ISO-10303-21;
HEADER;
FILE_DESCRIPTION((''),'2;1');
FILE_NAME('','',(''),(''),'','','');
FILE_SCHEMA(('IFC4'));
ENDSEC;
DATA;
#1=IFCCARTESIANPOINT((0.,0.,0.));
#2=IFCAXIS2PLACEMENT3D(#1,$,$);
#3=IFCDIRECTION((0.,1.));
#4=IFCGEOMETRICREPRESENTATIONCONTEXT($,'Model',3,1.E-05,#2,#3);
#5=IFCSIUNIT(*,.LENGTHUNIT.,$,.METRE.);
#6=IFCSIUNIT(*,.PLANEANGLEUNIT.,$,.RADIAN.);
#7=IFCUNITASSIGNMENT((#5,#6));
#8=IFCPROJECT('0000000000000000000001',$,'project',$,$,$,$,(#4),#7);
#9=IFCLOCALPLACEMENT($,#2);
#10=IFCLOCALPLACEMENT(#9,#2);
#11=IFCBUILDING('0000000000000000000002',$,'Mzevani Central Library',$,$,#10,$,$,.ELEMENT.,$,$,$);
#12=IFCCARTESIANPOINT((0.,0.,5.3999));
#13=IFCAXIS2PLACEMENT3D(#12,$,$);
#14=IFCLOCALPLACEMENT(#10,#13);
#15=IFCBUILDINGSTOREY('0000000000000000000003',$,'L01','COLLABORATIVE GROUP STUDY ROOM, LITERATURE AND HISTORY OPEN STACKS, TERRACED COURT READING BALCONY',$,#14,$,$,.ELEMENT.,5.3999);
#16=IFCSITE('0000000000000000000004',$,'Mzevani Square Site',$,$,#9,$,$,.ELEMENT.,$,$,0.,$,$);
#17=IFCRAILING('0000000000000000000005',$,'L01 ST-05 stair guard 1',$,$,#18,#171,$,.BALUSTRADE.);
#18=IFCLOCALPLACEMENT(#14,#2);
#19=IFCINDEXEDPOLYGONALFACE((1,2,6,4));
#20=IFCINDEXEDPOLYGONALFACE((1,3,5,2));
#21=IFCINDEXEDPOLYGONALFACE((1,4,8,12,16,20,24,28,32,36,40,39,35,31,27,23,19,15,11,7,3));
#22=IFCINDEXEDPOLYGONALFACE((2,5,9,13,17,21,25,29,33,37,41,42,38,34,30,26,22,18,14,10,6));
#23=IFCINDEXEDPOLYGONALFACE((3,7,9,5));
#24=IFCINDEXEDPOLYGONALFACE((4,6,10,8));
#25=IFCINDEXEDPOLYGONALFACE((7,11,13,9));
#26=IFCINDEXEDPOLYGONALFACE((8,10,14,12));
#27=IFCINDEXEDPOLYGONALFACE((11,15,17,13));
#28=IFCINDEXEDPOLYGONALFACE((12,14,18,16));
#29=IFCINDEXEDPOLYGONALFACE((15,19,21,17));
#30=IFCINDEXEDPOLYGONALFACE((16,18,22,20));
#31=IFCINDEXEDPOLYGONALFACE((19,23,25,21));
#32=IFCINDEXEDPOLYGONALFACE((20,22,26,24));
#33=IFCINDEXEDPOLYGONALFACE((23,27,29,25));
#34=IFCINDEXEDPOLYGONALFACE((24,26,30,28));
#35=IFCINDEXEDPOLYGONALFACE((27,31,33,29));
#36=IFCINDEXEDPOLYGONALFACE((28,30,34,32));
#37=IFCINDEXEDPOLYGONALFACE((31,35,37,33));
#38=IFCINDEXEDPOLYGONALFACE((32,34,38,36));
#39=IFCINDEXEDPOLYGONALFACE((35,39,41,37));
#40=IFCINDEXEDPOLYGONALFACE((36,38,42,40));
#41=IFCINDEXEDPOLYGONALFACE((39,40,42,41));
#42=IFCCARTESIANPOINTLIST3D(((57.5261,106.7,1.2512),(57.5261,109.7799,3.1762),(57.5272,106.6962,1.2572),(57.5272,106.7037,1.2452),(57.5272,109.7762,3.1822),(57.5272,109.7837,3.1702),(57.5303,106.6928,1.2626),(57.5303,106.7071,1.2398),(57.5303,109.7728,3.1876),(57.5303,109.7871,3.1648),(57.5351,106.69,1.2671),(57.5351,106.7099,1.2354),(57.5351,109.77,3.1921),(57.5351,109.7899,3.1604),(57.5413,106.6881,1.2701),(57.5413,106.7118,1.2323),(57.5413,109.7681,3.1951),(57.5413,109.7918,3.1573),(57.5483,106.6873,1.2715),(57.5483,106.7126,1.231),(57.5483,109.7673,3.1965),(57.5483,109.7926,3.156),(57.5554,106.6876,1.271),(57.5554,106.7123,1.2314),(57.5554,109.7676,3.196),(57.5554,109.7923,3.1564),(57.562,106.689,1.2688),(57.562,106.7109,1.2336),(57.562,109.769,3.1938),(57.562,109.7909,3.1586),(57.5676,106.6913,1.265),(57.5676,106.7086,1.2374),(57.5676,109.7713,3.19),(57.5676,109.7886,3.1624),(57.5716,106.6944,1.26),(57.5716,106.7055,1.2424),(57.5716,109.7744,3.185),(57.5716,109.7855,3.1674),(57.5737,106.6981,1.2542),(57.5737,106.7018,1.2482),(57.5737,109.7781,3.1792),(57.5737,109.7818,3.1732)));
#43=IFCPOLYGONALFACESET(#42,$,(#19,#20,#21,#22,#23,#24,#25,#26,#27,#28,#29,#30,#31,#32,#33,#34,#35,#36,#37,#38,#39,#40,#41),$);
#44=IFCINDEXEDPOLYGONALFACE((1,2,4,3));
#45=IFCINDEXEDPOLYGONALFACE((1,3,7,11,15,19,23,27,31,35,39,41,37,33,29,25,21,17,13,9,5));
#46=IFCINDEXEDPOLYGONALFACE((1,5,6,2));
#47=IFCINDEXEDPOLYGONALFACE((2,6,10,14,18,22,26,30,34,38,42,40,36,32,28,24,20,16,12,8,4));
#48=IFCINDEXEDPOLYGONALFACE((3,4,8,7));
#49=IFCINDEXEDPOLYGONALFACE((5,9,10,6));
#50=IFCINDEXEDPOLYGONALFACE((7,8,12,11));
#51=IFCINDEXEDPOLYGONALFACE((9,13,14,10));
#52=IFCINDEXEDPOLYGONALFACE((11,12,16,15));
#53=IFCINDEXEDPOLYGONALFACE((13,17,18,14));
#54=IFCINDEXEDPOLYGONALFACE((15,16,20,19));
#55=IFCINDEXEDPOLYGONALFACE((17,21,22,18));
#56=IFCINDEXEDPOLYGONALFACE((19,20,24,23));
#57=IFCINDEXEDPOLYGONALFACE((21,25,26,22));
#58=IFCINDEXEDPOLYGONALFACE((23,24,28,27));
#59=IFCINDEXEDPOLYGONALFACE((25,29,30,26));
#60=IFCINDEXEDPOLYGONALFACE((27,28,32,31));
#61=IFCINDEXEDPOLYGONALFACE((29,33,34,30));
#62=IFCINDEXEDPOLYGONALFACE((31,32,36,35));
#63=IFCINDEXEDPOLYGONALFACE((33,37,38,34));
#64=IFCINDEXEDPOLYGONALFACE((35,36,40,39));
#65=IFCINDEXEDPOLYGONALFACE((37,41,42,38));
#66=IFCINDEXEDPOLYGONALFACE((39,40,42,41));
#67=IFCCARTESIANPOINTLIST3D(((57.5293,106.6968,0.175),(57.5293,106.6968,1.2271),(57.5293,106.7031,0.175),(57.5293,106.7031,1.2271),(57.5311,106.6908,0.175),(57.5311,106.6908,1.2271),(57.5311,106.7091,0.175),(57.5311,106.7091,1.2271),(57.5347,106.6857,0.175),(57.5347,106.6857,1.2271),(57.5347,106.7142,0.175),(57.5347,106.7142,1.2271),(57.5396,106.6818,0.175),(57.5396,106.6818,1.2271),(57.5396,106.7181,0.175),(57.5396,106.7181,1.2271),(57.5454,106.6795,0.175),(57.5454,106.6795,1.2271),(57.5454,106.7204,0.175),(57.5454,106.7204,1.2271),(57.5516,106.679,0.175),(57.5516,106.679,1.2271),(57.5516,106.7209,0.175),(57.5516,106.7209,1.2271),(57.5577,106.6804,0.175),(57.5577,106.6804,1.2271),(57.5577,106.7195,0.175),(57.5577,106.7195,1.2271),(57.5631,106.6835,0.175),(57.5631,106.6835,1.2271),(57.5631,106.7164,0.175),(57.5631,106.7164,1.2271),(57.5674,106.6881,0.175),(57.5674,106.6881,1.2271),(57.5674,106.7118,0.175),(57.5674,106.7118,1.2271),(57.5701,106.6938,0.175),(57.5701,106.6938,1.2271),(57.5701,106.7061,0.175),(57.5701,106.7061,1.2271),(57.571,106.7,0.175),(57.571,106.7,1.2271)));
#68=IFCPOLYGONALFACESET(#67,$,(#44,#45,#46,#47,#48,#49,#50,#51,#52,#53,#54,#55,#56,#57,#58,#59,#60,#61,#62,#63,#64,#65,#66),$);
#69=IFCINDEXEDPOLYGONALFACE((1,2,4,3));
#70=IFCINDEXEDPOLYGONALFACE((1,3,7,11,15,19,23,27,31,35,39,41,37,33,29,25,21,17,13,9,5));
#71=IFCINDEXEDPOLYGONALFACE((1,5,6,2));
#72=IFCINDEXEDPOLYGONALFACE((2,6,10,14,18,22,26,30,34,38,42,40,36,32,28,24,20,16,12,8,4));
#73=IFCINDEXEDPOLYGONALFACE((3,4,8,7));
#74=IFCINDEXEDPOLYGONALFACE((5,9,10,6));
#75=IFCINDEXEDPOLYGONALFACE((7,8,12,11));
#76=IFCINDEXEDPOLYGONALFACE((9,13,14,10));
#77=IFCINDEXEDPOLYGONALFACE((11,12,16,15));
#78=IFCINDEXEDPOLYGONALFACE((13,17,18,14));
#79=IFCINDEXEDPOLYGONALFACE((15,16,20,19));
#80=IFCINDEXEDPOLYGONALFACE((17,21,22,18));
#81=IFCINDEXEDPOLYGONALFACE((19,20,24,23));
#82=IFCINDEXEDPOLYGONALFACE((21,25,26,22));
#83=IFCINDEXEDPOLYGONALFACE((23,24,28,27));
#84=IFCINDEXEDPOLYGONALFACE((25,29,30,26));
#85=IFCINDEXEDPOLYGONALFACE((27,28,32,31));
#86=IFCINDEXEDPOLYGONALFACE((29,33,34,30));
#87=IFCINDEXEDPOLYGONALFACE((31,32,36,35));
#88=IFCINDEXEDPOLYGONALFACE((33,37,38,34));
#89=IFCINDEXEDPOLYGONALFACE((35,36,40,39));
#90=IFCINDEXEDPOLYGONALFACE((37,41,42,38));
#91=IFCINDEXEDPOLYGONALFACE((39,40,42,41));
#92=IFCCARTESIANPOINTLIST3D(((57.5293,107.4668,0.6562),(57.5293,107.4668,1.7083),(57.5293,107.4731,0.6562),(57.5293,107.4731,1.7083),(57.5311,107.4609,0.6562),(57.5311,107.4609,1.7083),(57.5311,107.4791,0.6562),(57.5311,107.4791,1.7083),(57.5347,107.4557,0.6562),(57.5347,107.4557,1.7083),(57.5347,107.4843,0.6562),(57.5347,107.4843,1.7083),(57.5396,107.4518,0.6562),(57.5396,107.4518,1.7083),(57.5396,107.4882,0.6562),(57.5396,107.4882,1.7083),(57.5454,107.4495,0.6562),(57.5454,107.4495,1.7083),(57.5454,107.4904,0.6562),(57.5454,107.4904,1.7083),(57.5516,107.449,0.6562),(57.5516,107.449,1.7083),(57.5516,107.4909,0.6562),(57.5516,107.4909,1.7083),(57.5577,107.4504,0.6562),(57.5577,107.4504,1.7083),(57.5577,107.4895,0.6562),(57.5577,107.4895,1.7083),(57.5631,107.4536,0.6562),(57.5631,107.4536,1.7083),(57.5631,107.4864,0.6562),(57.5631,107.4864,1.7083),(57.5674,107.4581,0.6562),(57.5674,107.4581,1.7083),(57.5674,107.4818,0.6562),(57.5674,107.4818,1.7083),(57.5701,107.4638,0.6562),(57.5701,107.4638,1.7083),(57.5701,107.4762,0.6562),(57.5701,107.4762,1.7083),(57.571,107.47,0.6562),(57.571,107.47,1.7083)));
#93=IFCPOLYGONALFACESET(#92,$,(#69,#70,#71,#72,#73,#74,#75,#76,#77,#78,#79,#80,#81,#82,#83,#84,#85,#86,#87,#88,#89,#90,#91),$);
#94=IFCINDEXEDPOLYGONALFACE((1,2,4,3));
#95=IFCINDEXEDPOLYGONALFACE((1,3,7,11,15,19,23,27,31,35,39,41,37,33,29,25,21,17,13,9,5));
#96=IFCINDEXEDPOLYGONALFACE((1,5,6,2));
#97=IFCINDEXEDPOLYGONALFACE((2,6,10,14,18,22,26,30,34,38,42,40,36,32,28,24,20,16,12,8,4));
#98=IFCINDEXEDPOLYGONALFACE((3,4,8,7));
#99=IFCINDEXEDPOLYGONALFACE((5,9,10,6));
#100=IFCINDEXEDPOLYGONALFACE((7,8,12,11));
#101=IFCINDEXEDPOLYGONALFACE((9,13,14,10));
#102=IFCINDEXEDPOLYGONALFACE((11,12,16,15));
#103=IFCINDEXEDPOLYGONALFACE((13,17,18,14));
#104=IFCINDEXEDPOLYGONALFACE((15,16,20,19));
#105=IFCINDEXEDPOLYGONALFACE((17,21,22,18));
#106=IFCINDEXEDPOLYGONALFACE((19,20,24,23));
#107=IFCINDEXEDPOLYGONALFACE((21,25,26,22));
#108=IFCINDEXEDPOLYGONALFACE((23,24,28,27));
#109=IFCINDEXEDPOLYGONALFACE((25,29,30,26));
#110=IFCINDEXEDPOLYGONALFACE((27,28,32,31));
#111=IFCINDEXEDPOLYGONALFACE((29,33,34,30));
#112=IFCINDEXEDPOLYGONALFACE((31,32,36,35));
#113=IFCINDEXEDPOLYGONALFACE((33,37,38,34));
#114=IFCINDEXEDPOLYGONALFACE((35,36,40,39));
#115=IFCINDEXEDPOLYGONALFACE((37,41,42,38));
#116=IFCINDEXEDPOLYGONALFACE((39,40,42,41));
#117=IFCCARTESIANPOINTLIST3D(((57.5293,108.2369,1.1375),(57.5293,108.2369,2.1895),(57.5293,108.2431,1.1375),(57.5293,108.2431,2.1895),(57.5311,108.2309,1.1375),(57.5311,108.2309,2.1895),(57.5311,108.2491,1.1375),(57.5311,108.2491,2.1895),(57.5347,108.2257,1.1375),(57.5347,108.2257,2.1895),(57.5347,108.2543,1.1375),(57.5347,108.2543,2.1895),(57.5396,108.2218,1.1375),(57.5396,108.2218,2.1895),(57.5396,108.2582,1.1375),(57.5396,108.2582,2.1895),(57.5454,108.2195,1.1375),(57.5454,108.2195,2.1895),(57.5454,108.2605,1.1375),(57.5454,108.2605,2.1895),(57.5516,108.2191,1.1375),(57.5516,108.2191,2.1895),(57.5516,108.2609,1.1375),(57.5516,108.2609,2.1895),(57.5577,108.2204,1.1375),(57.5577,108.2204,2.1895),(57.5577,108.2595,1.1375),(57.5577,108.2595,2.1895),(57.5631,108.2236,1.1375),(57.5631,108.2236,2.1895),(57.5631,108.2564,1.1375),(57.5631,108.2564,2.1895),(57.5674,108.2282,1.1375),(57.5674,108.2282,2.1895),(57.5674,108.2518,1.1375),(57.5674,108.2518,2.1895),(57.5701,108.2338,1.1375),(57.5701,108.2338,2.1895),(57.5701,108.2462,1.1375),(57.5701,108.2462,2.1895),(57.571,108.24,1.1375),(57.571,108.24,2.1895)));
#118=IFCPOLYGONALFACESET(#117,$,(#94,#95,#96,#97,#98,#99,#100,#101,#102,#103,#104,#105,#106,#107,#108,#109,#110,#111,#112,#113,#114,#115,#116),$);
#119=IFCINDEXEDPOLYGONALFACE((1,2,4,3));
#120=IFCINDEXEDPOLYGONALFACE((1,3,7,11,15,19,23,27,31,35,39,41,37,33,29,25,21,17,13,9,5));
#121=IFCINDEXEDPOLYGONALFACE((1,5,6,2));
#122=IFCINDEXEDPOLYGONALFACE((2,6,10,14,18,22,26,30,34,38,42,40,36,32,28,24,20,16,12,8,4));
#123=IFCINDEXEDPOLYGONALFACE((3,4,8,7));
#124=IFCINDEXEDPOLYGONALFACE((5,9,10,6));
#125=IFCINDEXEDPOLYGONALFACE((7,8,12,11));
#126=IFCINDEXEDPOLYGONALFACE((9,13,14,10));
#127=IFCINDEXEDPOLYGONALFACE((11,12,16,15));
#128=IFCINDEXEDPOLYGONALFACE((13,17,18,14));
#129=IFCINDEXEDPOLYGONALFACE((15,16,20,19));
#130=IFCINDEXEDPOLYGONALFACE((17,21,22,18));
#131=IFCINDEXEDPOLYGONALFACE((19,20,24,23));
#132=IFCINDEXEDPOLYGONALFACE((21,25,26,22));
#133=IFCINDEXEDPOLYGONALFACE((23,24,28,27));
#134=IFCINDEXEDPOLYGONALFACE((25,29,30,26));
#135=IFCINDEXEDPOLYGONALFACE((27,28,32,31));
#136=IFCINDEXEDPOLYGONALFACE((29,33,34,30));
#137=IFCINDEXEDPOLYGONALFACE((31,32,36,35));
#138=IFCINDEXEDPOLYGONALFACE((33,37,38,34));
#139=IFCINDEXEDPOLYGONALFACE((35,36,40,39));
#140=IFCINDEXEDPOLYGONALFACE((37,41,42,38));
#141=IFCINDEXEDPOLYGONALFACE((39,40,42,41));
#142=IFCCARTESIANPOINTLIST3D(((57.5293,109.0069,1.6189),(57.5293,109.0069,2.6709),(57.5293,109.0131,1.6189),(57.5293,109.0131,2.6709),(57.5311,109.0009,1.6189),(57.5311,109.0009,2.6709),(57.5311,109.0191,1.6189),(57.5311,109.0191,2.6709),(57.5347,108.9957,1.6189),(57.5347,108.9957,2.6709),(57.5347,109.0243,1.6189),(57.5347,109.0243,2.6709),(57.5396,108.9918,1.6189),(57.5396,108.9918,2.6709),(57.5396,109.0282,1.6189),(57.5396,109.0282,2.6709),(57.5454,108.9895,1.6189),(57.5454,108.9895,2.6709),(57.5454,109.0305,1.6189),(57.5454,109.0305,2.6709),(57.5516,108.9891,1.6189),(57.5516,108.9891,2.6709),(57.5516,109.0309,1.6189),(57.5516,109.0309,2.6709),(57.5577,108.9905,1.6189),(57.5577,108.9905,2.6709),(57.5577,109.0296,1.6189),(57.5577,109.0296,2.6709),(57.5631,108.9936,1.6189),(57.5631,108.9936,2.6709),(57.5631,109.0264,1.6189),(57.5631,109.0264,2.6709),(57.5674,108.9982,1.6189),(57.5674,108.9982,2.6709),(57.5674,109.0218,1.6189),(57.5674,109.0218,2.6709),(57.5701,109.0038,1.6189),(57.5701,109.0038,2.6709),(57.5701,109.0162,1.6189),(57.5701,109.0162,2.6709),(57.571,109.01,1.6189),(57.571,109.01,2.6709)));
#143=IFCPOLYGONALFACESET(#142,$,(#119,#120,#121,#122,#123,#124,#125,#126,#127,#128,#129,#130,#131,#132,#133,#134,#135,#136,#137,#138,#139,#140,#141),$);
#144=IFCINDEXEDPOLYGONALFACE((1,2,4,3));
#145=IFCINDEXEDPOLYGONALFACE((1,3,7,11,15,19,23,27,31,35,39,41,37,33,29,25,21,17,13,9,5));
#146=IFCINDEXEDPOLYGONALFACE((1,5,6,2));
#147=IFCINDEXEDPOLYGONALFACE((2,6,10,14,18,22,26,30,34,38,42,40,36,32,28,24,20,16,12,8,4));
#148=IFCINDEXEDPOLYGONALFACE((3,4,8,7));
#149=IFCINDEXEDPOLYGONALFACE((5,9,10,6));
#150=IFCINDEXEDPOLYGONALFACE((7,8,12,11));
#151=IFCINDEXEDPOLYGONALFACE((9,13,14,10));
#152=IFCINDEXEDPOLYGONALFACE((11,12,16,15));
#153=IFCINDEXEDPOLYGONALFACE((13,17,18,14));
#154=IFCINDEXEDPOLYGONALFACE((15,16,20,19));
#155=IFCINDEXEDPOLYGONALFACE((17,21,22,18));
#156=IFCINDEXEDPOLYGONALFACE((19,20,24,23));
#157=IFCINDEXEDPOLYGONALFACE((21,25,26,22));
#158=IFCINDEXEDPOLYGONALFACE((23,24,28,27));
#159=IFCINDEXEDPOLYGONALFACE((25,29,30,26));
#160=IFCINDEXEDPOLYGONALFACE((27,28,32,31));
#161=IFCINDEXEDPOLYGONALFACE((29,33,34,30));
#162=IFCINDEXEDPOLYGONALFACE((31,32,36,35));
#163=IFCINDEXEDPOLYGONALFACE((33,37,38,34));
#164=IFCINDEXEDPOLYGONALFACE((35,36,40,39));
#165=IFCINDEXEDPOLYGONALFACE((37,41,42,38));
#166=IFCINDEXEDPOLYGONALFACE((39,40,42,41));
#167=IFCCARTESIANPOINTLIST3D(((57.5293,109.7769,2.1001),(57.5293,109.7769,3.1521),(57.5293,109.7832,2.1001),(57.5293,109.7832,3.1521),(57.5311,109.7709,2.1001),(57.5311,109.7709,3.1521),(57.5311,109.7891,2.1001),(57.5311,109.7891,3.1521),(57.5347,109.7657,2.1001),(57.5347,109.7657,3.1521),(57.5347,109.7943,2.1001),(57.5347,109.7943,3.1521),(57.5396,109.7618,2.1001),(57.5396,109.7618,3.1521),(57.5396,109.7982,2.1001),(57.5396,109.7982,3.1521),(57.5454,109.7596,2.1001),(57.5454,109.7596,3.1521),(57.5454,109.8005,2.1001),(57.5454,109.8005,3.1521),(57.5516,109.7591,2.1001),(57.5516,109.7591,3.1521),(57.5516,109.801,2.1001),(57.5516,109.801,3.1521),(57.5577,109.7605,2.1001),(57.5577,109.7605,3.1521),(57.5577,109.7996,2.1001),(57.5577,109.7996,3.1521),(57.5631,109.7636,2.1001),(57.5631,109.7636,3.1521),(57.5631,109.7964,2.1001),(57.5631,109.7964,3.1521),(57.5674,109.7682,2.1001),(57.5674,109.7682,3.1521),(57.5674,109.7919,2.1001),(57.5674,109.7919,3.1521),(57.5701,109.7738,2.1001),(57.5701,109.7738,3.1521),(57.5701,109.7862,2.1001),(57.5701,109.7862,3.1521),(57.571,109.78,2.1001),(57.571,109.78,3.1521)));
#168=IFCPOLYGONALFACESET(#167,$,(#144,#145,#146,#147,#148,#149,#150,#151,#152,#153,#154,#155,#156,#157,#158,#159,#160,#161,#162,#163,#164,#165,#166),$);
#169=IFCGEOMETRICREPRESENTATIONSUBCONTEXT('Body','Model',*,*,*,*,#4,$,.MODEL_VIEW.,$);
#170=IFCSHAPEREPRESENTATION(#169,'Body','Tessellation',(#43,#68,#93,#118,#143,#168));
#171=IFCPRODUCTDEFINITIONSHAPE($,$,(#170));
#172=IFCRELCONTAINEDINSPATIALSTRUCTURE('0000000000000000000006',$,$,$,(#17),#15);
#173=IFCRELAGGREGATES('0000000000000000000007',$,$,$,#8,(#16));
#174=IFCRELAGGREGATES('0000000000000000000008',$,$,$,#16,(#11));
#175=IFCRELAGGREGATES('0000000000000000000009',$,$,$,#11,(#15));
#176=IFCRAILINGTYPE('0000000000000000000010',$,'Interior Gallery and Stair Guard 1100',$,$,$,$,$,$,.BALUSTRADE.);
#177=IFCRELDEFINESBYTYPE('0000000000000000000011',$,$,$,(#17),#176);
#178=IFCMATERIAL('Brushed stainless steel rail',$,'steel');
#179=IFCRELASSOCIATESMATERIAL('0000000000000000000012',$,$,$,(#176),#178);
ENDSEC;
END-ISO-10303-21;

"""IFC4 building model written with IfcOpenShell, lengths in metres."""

from ifc_helpers import new_model, si_unit, direction, frame, origin, origin_2d, place, context, subcontext, project, spatial, circle, extrude, material, type_object, element, save


model = new_model("IFC4")

# Units and contexts
model_context = context("Model", 3, precision=1e-05, world=origin(), true_north=direction((0.0, 1.0)))
body_context = subcontext(model_context, "Body", "Model", "MODEL_VIEW")
ifc_project = project(units=[si_unit("LENGTHUNIT", "METRE"), si_unit("PLANEANGLEUNIT", "RADIAN")], contexts=[model_context])

# Site, building, storey
site_placement = place(None, origin())
site = spatial("IfcSite", under=ifc_project, at=site_placement, Name="Mzevani Square Site", CompositionType="ELEMENT", RefElevation=0.0)
building_placement = place(site_placement, origin())
building = spatial("IfcBuilding", under=site, at=building_placement, Name="Mzevani Central Library", CompositionType="ELEMENT")
storey_placement = place(building_placement, frame((0.0, 0.0, 5.3999)))
storey = spatial("IfcBuildingStorey", under=building, at=storey_placement, Name="L01", Description="COLLABORATIVE GROUP STUDY ROOM, LITERATURE AND HISTORY OPEN STACKS, TERRACED COURT READING BALCONY", CompositionType="ELEMENT", Elevation=5.3999)

# Railing
ifc_material_1 = material(Name="Brushed stainless steel rail", Category="steel")
railing_type_1 = type_object("IfcRailingType", Name="Interior Gallery and Stair Guard 1100", PredefinedType="BALUSTRADE", material=ifc_material_1)
railing_1_placement = place(storey_placement, frame((57.55, 106.7, 0.175)))
element("IfcRailing", 1, at=railing_1_placement, inside=storey, type_object=railing_type_1, Name="L01 ST-05 stair guard 1", PredefinedType="BALUSTRADE", context=body_context, shape_type="SweptSolid", body=[
    extrude(circle(Radius=0.0239, at=origin_2d()), frame((0.0, 0.0, 1.0762), z_axis=(0.0, 0.847998, 0.529999), x_axis=(-1.0, 0.0, 0.0)), (0.0, 0.0, 1.0), 3.6321),
    extrude(circle(Radius=0.021, at=origin_2d()), origin(), (0.0, 0.0, 1.0), 1.052),
    extrude(circle(Radius=0.021, at=origin_2d()), frame((0.0, 0.77, 0.4812)), (0.0, 0.0, 1.0), 1.052),
    extrude(circle(Radius=0.021, at=origin_2d()), frame((0.0, 1.54, 0.9624)), (0.0, 0.0, 1.0), 1.052),
    extrude(circle(Radius=0.021, at=origin_2d()), frame((0.0, 2.3101, 1.4438)), (0.0, 0.0, 1.0), 1.052),
    extrude(circle(Radius=0.021, at=origin_2d()), frame((0.0, 3.0801, 1.925)), (0.0, 0.0, 1.0), 1.052),
])

save(model, "model.ifc")
